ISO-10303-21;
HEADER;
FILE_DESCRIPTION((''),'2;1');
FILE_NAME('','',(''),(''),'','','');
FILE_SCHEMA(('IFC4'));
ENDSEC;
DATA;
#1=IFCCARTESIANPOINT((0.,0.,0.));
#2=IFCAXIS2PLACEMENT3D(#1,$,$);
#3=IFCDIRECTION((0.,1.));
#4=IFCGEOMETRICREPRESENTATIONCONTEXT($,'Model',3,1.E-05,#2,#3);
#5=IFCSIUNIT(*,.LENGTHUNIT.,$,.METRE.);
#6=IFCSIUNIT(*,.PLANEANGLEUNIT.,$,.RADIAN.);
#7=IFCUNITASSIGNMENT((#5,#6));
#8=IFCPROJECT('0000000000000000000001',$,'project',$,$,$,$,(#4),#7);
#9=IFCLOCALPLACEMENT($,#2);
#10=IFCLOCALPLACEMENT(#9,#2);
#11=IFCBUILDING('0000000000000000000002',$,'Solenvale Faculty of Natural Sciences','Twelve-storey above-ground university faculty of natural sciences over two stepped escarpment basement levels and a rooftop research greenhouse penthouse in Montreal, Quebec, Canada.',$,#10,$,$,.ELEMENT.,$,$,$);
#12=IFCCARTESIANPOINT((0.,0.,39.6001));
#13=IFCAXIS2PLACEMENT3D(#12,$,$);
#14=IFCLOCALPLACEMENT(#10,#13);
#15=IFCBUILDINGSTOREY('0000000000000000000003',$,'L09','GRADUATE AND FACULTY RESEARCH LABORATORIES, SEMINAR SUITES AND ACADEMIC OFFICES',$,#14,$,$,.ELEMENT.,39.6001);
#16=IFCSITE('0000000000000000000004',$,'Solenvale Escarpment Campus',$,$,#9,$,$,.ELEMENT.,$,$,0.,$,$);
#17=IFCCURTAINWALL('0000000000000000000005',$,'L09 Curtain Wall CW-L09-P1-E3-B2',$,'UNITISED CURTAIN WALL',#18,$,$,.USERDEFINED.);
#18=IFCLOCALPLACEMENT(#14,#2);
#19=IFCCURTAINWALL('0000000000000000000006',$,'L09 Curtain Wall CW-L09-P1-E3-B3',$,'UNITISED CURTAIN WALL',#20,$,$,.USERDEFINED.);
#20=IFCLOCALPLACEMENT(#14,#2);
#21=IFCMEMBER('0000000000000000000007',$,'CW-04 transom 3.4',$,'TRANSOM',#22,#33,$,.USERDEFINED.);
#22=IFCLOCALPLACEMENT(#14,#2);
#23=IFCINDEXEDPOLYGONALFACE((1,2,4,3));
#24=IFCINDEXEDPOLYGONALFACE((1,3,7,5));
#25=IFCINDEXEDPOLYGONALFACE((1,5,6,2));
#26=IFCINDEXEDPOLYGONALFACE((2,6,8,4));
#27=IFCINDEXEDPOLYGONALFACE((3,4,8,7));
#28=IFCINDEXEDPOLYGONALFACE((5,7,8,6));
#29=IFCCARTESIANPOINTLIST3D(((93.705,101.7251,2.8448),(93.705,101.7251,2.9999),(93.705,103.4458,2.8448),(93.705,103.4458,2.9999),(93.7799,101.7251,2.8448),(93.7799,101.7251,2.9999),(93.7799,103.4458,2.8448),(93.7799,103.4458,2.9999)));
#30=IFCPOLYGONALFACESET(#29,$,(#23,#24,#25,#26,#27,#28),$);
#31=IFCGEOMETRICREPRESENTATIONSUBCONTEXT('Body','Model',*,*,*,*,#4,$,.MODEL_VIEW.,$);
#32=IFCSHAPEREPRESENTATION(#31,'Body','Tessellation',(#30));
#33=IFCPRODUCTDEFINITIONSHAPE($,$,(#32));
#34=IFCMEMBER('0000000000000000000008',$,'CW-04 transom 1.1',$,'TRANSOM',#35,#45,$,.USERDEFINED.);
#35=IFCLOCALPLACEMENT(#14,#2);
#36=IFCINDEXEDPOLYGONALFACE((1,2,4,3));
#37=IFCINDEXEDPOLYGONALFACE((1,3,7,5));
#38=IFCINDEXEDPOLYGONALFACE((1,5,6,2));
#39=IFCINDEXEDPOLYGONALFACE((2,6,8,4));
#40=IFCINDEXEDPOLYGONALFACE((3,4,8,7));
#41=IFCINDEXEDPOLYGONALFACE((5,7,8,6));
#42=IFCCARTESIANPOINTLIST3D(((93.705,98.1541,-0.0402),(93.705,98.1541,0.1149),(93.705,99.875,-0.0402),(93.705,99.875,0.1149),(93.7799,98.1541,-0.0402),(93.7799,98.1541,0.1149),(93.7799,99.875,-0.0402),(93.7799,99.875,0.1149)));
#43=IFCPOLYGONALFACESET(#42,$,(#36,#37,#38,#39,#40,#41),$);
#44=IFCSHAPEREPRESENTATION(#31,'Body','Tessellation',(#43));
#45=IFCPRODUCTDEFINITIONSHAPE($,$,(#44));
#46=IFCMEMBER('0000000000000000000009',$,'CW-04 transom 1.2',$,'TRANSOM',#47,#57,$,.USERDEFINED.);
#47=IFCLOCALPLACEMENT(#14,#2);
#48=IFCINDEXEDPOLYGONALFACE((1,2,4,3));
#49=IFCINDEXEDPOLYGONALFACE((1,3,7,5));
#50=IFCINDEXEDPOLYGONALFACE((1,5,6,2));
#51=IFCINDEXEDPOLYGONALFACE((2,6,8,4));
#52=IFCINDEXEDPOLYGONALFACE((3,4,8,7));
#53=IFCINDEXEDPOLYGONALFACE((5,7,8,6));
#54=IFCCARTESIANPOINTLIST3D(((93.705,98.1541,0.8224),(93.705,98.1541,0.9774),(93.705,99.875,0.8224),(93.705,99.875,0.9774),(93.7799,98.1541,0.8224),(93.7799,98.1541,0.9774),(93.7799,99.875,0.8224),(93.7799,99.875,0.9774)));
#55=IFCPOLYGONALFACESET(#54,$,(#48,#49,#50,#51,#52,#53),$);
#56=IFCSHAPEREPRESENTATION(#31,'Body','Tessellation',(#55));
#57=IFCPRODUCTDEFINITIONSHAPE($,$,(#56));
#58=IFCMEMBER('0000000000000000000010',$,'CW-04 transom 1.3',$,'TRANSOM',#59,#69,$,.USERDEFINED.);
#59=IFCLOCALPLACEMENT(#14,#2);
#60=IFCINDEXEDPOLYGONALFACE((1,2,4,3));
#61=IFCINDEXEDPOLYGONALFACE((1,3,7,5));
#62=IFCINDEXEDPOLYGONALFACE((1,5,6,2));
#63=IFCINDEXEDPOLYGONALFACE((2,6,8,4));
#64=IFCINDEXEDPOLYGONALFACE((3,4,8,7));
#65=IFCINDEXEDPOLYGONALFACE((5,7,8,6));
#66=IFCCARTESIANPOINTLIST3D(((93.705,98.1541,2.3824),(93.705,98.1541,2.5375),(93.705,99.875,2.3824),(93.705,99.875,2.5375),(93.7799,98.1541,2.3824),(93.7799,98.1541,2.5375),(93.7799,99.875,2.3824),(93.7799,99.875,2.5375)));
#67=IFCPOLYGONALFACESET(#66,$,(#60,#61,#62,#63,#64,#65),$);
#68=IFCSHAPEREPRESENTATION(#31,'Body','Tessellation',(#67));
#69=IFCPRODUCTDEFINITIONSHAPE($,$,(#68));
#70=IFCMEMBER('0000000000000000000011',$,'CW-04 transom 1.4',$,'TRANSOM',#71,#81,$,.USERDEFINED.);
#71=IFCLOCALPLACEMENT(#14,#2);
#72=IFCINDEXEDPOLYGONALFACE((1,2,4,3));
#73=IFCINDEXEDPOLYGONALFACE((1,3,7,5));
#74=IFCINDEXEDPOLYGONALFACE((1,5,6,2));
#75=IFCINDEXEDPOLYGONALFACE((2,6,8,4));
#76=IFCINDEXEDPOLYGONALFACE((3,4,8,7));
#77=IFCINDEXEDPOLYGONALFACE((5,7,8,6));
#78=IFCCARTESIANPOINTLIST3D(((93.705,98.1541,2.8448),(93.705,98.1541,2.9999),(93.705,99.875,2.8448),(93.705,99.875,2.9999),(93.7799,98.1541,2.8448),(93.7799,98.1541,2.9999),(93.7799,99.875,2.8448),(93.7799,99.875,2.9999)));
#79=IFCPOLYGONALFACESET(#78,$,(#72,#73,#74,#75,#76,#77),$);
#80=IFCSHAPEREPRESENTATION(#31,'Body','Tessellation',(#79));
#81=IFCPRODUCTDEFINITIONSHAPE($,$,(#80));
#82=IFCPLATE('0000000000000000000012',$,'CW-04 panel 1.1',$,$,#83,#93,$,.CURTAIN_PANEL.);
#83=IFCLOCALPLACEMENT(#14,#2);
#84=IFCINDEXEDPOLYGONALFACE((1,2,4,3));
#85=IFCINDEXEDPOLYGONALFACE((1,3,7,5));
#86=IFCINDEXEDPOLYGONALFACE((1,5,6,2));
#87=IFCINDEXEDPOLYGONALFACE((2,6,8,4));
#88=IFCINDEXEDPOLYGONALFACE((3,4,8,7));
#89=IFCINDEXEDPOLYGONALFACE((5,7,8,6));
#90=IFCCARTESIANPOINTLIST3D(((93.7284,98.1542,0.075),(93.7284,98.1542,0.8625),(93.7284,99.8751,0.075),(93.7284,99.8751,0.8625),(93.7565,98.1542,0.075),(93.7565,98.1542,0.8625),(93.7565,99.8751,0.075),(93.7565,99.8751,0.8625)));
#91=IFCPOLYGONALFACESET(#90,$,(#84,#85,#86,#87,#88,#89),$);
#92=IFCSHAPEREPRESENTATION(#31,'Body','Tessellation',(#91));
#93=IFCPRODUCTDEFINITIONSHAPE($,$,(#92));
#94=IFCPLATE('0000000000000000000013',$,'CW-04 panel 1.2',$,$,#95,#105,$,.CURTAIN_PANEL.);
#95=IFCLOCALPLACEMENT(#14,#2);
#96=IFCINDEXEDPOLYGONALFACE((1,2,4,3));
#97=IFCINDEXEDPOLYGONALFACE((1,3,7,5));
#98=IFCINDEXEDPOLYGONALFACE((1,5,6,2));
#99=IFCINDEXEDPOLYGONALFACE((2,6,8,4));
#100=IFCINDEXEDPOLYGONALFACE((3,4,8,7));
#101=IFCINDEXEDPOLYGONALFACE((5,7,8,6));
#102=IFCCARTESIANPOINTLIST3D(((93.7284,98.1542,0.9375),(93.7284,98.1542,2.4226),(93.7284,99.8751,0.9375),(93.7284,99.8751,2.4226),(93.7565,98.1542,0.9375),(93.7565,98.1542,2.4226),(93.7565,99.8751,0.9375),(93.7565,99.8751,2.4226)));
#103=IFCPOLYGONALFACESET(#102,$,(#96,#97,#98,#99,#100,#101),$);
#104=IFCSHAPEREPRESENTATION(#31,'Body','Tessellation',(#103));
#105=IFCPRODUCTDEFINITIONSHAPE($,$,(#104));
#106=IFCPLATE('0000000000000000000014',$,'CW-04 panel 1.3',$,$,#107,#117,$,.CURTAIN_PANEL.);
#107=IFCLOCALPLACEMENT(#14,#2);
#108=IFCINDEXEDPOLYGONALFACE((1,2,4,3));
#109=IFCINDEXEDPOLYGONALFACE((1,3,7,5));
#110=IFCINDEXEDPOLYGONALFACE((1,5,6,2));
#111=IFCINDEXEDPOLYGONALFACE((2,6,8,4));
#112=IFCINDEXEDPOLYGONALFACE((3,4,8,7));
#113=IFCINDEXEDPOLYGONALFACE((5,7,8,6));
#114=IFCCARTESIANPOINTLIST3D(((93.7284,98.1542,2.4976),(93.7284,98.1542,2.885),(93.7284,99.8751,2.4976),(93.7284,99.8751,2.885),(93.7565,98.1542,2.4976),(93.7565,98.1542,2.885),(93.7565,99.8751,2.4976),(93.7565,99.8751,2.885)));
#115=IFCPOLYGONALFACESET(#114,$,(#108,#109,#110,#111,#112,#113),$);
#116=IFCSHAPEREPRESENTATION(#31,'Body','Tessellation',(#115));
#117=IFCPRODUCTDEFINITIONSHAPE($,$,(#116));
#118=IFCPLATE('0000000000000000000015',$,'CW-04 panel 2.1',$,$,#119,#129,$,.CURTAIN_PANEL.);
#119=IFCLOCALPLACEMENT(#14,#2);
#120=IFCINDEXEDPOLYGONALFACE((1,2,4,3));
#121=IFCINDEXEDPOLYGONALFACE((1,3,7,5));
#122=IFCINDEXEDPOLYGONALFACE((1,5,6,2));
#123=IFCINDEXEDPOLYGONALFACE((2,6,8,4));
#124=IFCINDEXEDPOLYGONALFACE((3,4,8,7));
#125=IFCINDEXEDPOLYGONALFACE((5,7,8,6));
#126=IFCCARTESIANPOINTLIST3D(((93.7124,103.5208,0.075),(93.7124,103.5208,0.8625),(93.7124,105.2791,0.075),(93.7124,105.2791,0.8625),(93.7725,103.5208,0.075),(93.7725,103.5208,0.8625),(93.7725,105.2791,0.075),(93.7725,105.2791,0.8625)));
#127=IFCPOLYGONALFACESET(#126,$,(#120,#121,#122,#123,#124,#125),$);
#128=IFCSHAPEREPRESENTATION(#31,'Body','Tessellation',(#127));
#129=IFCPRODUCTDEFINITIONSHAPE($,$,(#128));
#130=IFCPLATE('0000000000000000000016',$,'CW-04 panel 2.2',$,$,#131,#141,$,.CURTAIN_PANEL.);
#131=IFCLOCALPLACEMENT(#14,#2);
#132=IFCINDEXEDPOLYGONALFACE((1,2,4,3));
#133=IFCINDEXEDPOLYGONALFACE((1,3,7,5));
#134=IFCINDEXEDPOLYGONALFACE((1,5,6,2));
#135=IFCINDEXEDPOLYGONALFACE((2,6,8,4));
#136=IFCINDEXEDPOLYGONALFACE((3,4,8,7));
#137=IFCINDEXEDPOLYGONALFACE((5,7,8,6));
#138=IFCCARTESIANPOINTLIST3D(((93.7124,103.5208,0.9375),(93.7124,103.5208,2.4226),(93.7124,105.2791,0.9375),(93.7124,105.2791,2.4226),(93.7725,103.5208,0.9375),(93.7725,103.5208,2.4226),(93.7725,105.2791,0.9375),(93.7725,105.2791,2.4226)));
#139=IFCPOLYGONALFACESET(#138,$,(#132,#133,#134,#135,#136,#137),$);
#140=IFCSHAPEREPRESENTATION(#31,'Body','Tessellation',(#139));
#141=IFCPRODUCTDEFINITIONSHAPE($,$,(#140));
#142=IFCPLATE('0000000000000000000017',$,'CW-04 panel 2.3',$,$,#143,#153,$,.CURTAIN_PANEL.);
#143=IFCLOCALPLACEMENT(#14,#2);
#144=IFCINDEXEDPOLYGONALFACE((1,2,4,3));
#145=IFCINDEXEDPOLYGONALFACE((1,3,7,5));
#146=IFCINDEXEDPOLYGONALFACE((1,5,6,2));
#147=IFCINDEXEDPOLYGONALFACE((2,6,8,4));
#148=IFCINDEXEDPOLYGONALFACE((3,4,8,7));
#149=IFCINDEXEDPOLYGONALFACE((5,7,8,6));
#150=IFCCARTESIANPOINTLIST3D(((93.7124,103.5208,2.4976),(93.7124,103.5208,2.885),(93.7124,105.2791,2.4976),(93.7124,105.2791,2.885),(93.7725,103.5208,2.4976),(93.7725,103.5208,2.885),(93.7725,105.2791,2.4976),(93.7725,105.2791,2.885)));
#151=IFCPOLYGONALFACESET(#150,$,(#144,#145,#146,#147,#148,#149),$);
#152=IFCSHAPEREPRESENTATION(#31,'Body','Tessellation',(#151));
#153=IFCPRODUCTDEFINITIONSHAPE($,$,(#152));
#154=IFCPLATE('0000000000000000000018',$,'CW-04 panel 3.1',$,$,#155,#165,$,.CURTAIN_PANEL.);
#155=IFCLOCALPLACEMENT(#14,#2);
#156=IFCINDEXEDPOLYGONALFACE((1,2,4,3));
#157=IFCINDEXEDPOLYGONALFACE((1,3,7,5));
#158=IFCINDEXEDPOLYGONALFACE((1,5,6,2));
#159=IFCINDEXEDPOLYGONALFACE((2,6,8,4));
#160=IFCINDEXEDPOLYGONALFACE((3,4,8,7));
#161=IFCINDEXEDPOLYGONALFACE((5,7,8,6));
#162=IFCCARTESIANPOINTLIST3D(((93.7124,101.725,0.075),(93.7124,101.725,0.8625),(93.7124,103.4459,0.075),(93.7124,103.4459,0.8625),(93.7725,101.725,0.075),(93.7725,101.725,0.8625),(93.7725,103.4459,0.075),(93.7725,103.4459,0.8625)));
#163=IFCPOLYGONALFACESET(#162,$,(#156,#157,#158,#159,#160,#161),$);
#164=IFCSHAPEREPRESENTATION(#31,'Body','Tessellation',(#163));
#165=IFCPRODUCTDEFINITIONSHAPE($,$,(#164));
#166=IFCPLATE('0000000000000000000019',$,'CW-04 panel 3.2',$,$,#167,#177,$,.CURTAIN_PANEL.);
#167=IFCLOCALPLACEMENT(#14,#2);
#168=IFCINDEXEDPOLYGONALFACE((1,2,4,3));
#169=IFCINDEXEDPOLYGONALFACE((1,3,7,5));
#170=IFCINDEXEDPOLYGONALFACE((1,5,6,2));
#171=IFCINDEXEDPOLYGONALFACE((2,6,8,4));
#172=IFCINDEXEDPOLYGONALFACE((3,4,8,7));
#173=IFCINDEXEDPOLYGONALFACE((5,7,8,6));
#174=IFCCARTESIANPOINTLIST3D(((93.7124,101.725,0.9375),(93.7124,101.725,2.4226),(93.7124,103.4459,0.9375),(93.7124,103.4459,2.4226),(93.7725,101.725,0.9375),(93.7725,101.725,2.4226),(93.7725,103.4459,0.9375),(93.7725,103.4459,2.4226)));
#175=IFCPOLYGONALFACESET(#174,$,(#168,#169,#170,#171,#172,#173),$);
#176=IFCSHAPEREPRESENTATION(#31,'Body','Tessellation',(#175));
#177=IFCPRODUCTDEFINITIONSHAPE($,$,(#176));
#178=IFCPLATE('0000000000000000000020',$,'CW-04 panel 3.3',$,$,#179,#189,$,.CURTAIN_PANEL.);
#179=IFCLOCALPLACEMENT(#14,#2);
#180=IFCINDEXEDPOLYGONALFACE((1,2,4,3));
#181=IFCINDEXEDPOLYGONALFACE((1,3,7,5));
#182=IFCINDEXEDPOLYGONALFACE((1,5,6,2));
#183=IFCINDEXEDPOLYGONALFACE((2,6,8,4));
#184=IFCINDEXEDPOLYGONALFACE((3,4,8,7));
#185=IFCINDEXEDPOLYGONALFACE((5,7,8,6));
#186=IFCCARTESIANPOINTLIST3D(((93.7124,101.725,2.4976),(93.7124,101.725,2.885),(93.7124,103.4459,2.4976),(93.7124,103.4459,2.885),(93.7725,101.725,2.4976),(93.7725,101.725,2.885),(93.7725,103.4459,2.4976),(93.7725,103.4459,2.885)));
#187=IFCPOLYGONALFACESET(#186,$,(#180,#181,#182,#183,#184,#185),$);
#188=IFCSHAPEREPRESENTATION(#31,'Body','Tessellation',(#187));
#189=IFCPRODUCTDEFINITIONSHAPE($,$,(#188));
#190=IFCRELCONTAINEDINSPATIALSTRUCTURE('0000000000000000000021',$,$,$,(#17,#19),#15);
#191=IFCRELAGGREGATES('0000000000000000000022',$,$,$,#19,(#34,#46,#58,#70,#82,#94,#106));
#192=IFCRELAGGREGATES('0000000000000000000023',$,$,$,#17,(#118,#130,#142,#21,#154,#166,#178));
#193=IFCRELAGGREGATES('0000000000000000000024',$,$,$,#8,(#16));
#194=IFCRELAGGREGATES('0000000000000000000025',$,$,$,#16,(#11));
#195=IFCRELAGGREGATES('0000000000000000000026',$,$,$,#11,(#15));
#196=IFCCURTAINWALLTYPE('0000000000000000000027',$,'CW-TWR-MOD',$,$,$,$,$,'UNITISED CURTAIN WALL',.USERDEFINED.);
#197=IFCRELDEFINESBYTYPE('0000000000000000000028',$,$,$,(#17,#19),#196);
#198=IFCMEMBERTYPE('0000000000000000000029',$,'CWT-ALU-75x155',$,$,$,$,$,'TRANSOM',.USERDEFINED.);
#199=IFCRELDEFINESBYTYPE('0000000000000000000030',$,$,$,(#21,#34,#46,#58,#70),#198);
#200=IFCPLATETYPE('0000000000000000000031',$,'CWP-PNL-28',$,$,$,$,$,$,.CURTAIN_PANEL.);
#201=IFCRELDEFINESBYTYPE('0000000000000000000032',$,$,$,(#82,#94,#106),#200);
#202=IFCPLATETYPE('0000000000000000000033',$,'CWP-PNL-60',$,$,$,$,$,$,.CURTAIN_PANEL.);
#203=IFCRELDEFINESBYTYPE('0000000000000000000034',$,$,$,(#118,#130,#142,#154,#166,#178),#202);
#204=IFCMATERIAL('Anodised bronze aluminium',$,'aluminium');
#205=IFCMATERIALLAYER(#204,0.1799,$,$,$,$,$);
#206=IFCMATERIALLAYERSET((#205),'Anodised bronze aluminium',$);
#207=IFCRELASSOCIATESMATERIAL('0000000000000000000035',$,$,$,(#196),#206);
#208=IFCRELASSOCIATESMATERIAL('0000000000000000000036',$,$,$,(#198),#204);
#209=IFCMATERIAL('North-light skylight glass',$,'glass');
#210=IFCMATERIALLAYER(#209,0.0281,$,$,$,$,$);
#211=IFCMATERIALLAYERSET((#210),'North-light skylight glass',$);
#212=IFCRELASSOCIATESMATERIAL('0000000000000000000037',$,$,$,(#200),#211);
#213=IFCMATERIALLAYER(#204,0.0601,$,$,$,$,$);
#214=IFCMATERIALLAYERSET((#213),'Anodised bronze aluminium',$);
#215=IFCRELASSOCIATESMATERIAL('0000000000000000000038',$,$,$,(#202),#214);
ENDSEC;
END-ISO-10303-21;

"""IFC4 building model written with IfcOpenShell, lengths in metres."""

from ifc_helpers import new_model, si_unit, direction, frame, origin, origin_2d, place, context, subcontext, project, spatial, rectangle, extrude, material, layer, layer_set, material_profile, profile_set, type_object, element, aggregate, save


model = new_model("IFC4")

# Units and contexts
model_context = context("Model", 3, precision=1e-05, world=origin(), true_north=direction((0.0, 1.0)))
body_context = subcontext(model_context, "Body", "Model", "MODEL_VIEW")
ifc_project = project(units=[si_unit("LENGTHUNIT", "METRE"), si_unit("PLANEANGLEUNIT", "RADIAN")], contexts=[model_context])

# Site, building, storey
site_placement = place(None, origin())
site = spatial("IfcSite", under=ifc_project, at=site_placement, Name="Solenvale Escarpment Campus", CompositionType="ELEMENT", RefElevation=0.0)
building_placement = place(site_placement, origin())
building = spatial("IfcBuilding", under=site, at=building_placement, Name="Solenvale Faculty of Natural Sciences", Description="Twelve-storey above-ground university faculty of natural sciences over two stepped escarpment basement levels and a rooftop research greenhouse penthouse in Montreal, Quebec, Canada.", CompositionType="ELEMENT")
storey_placement = place(building_placement, frame((0.0, 0.0, 39.6001)))
storey = spatial("IfcBuildingStorey", under=building, at=storey_placement, Name="L09", Description="GRADUATE AND FACULTY RESEARCH LABORATORIES, SEMINAR SUITES AND ACADEMIC OFFICES", CompositionType="ELEMENT", Elevation=39.6001)

# Curtain wall
ifc_material_1 = material(Name="Anodised bronze aluminium", Category="aluminium")
ifc_layer_1 = layer(ifc_material_1, 0.1799)
ifc_layer_set_1 = layer_set([ifc_layer_1], Name="Anodised bronze aluminium")
curtain_wall_type = type_object("IfcCurtainWallType", Name="CW-TWR-MOD", ElementType="UNITISED CURTAIN WALL", PredefinedType="USERDEFINED", material=ifc_layer_set_1)
curtain_wall_1_placement = place(storey_placement, origin())
curtain_wall_1 = element("IfcCurtainWall", 1, at=curtain_wall_1_placement, inside=storey, type_object=curtain_wall_type, Name="L09 Curtain Wall CW-L09-P1-E3-B2", ObjectType="UNITISED CURTAIN WALL", PredefinedType="USERDEFINED")

# Curtain wall
curtain_wall_2_placement = place(storey_placement, origin())
curtain_wall_2 = element("IfcCurtainWall", 2, at=curtain_wall_2_placement, inside=storey, type_object=curtain_wall_type, Name="L09 Curtain Wall CW-L09-P1-E3-B3", ObjectType="UNITISED CURTAIN WALL", PredefinedType="USERDEFINED")

# Members
ifc_material_profile_1 = material_profile(ifc_material_1, rectangle(XDim=0.075, YDim=0.155, at=origin_2d()), Name="ALU-TRN-75x155")
ifc_profile_set_1 = profile_set([ifc_material_profile_1], Name="Anodised bronze aluminium")
member_type_1 = type_object("IfcMemberType", Name="CWT-ALU-75x155", ElementType="TRANSOM", PredefinedType="USERDEFINED", material=ifc_profile_set_1)
member_1_placement = place(storey_placement, frame((93.7424, 103.4458, 2.9224), z_axis=(0.0, -1.0, 0.0), x_axis=(1.0, 0.0, 0.0)))
member_1 = element("IfcMember", 3, at=member_1_placement, type_object=member_type_1, Name="CW-04 transom 3.4", ObjectType="TRANSOM", PredefinedType="USERDEFINED", context=body_context, shape_type="SweptSolid", body=[
    extrude(rectangle(XDim=0.075, YDim=0.155, at=origin_2d()), origin(), (0.0, 0.0, 1.0), 1.7207),
])
member_2_placement = place(storey_placement, frame((93.7424, 99.875, 0.0374), z_axis=(0.0, -1.0, 0.0), x_axis=(1.0, 0.0, 0.0)))
member_2 = element("IfcMember", 4, at=member_2_placement, type_object=member_type_1, Name="CW-04 transom 1.1", ObjectType="TRANSOM", PredefinedType="USERDEFINED", context=body_context, shape_type="SweptSolid", body=[
    extrude(rectangle(XDim=0.075, YDim=0.155, at=origin_2d()), origin(), (0.0, 0.0, 1.0), 1.7209),
])
member_3_placement = place(storey_placement, frame((93.7424, 99.875, 0.8999), z_axis=(0.0, -1.0, 0.0), x_axis=(1.0, 0.0, 0.0)))
member_3 = element("IfcMember", 5, at=member_3_placement, type_object=member_type_1, Name="CW-04 transom 1.2", ObjectType="TRANSOM", PredefinedType="USERDEFINED", context=body_context, shape_type="SweptSolid", body=[
    extrude(rectangle(XDim=0.075, YDim=0.155, at=origin_2d()), origin(), (0.0, 0.0, 1.0), 1.7209),
])
member_4_placement = place(storey_placement, frame((93.7424, 99.875, 2.46), z_axis=(0.0, -1.0, 0.0), x_axis=(1.0, 0.0, 0.0)))
member_4 = element("IfcMember", 6, at=member_4_placement, type_object=member_type_1, Name="CW-04 transom 1.3", ObjectType="TRANSOM", PredefinedType="USERDEFINED", context=body_context, shape_type="SweptSolid", body=[
    extrude(rectangle(XDim=0.075, YDim=0.155, at=origin_2d()), origin(), (0.0, 0.0, 1.0), 1.7209),
])
member_5_placement = place(storey_placement, frame((93.7424, 99.875, 2.9224), z_axis=(0.0, -1.0, 0.0), x_axis=(1.0, 0.0, 0.0)))
member_5 = element("IfcMember", 7, at=member_5_placement, type_object=member_type_1, Name="CW-04 transom 1.4", ObjectType="TRANSOM", PredefinedType="USERDEFINED", context=body_context, shape_type="SweptSolid", body=[
    extrude(rectangle(XDim=0.075, YDim=0.155, at=origin_2d()), origin(), (0.0, 0.0, 1.0), 1.7209),
])

# Plates
ifc_material_2 = material(Name="North-light skylight glass", Category="glass")
ifc_layer_2 = layer(ifc_material_2, 0.0281)
ifc_layer_set_2 = layer_set([ifc_layer_2], Name="North-light skylight glass")
plate_type_1 = type_object("IfcPlateType", Name="CWP-PNL-28", PredefinedType="CURTAIN_PANEL", material=ifc_layer_set_2)
plate_1_placement = place(storey_placement, frame((93.7424, 99.0146, 0.075), z_axis=(0.0, 0.0, 1.0), x_axis=(0.0, -1.0, 0.0)))
plate_1 = element("IfcPlate", 8, at=plate_1_placement, type_object=plate_type_1, Name="CW-04 panel 1.1", PredefinedType="CURTAIN_PANEL", context=body_context, shape_type="SweptSolid", body=[
    extrude(rectangle(XDim=1.7209, YDim=0.0281, at=origin_2d()), origin(), (0.0, 0.0, 1.0), 0.7876),
])
plate_2_placement = place(storey_placement, frame((93.7424, 99.0146, 0.9375), z_axis=(0.0, 0.0, 1.0), x_axis=(0.0, -1.0, 0.0)))
plate_2 = element("IfcPlate", 9, at=plate_2_placement, type_object=plate_type_1, Name="CW-04 panel 1.2", PredefinedType="CURTAIN_PANEL", context=body_context, shape_type="SweptSolid", body=[
    extrude(rectangle(XDim=1.7209, YDim=0.0281, at=origin_2d()), origin(), (0.0, 0.0, 1.0), 1.4851),
])
plate_3_placement = place(storey_placement, frame((93.7424, 99.0146, 2.4976), z_axis=(0.0, 0.0, 1.0), x_axis=(0.0, -1.0, 0.0)))
plate_3 = element("IfcPlate", 10, at=plate_3_placement, type_object=plate_type_1, Name="CW-04 panel 1.3", PredefinedType="CURTAIN_PANEL", context=body_context, shape_type="SweptSolid", body=[
    extrude(rectangle(XDim=1.7209, YDim=0.0281, at=origin_2d()), origin(), (0.0, 0.0, 1.0), 0.3875),
])
aggregate(curtain_wall_2, [member_2, member_3, member_4, member_5, plate_1, plate_2, plate_3])
ifc_layer_3 = layer(ifc_material_1, 0.0601)
ifc_layer_set_3 = layer_set([ifc_layer_3], Name="Anodised bronze aluminium")
plate_type_2 = type_object("IfcPlateType", Name="CWP-PNL-60", PredefinedType="CURTAIN_PANEL", material=ifc_layer_set_3)
plate_4_placement = place(storey_placement, frame((93.7424, 104.3999, 0.075), z_axis=(0.0, 0.0, 1.0), x_axis=(0.0, -1.0, 0.0)))
plate_4 = element("IfcPlate", 11, at=plate_4_placement, type_object=plate_type_2, Name="CW-04 panel 2.1", PredefinedType="CURTAIN_PANEL", context=body_context, shape_type="SweptSolid", body=[
    extrude(rectangle(XDim=1.7583, YDim=0.0601, at=origin_2d()), origin(), (0.0, 0.0, 1.0), 0.7876),
])
plate_5_placement = place(storey_placement, frame((93.7424, 104.3999, 0.9375), z_axis=(0.0, 0.0, 1.0), x_axis=(0.0, -1.0, 0.0)))
plate_5 = element("IfcPlate", 12, at=plate_5_placement, type_object=plate_type_2, Name="CW-04 panel 2.2", PredefinedType="CURTAIN_PANEL", context=body_context, shape_type="SweptSolid", body=[
    extrude(rectangle(XDim=1.7583, YDim=0.0601, at=origin_2d()), origin(), (0.0, 0.0, 1.0), 1.4851),
])
plate_6_placement = place(storey_placement, frame((93.7424, 104.3999, 2.4976), z_axis=(0.0, 0.0, 1.0), x_axis=(0.0, -1.0, 0.0)))
plate_6 = element("IfcPlate", 13, at=plate_6_placement, type_object=plate_type_2, Name="CW-04 panel 2.3", PredefinedType="CURTAIN_PANEL", context=body_context, shape_type="SweptSolid", body=[
    extrude(rectangle(XDim=1.7583, YDim=0.0601, at=origin_2d()), origin(), (0.0, 0.0, 1.0), 0.3875),
])
plate_7_placement = place(storey_placement, frame((93.7424, 102.5854, 0.075), z_axis=(0.0, 0.0, 1.0), x_axis=(0.0, -1.0, 0.0)))
plate_7 = element("IfcPlate", 14, at=plate_7_placement, type_object=plate_type_2, Name="CW-04 panel 3.1", PredefinedType="CURTAIN_PANEL", context=body_context, shape_type="SweptSolid", body=[
    extrude(rectangle(XDim=1.7209, YDim=0.0601, at=origin_2d()), origin(), (0.0, 0.0, 1.0), 0.7876),
])
plate_8_placement = place(storey_placement, frame((93.7424, 102.5854, 0.9375), z_axis=(0.0, 0.0, 1.0), x_axis=(0.0, -1.0, 0.0)))
plate_8 = element("IfcPlate", 15, at=plate_8_placement, type_object=plate_type_2, Name="CW-04 panel 3.2", PredefinedType="CURTAIN_PANEL", context=body_context, shape_type="SweptSolid", body=[
    extrude(rectangle(XDim=1.7209, YDim=0.0601, at=origin_2d()), origin(), (0.0, 0.0, 1.0), 1.4851),
])
plate_9_placement = place(storey_placement, frame((93.7424, 102.5854, 2.4976), z_axis=(0.0, 0.0, 1.0), x_axis=(0.0, -1.0, 0.0)))
plate_9 = element("IfcPlate", 16, at=plate_9_placement, type_object=plate_type_2, Name="CW-04 panel 3.3", PredefinedType="CURTAIN_PANEL", context=body_context, shape_type="SweptSolid", body=[
    extrude(rectangle(XDim=1.7209, YDim=0.0601, at=origin_2d()), origin(), (0.0, 0.0, 1.0), 0.3875),
])
aggregate(curtain_wall_1, [plate_4, plate_5, plate_6, member_1, plate_7, plate_8, plate_9])

save(model, "model.ifc")
